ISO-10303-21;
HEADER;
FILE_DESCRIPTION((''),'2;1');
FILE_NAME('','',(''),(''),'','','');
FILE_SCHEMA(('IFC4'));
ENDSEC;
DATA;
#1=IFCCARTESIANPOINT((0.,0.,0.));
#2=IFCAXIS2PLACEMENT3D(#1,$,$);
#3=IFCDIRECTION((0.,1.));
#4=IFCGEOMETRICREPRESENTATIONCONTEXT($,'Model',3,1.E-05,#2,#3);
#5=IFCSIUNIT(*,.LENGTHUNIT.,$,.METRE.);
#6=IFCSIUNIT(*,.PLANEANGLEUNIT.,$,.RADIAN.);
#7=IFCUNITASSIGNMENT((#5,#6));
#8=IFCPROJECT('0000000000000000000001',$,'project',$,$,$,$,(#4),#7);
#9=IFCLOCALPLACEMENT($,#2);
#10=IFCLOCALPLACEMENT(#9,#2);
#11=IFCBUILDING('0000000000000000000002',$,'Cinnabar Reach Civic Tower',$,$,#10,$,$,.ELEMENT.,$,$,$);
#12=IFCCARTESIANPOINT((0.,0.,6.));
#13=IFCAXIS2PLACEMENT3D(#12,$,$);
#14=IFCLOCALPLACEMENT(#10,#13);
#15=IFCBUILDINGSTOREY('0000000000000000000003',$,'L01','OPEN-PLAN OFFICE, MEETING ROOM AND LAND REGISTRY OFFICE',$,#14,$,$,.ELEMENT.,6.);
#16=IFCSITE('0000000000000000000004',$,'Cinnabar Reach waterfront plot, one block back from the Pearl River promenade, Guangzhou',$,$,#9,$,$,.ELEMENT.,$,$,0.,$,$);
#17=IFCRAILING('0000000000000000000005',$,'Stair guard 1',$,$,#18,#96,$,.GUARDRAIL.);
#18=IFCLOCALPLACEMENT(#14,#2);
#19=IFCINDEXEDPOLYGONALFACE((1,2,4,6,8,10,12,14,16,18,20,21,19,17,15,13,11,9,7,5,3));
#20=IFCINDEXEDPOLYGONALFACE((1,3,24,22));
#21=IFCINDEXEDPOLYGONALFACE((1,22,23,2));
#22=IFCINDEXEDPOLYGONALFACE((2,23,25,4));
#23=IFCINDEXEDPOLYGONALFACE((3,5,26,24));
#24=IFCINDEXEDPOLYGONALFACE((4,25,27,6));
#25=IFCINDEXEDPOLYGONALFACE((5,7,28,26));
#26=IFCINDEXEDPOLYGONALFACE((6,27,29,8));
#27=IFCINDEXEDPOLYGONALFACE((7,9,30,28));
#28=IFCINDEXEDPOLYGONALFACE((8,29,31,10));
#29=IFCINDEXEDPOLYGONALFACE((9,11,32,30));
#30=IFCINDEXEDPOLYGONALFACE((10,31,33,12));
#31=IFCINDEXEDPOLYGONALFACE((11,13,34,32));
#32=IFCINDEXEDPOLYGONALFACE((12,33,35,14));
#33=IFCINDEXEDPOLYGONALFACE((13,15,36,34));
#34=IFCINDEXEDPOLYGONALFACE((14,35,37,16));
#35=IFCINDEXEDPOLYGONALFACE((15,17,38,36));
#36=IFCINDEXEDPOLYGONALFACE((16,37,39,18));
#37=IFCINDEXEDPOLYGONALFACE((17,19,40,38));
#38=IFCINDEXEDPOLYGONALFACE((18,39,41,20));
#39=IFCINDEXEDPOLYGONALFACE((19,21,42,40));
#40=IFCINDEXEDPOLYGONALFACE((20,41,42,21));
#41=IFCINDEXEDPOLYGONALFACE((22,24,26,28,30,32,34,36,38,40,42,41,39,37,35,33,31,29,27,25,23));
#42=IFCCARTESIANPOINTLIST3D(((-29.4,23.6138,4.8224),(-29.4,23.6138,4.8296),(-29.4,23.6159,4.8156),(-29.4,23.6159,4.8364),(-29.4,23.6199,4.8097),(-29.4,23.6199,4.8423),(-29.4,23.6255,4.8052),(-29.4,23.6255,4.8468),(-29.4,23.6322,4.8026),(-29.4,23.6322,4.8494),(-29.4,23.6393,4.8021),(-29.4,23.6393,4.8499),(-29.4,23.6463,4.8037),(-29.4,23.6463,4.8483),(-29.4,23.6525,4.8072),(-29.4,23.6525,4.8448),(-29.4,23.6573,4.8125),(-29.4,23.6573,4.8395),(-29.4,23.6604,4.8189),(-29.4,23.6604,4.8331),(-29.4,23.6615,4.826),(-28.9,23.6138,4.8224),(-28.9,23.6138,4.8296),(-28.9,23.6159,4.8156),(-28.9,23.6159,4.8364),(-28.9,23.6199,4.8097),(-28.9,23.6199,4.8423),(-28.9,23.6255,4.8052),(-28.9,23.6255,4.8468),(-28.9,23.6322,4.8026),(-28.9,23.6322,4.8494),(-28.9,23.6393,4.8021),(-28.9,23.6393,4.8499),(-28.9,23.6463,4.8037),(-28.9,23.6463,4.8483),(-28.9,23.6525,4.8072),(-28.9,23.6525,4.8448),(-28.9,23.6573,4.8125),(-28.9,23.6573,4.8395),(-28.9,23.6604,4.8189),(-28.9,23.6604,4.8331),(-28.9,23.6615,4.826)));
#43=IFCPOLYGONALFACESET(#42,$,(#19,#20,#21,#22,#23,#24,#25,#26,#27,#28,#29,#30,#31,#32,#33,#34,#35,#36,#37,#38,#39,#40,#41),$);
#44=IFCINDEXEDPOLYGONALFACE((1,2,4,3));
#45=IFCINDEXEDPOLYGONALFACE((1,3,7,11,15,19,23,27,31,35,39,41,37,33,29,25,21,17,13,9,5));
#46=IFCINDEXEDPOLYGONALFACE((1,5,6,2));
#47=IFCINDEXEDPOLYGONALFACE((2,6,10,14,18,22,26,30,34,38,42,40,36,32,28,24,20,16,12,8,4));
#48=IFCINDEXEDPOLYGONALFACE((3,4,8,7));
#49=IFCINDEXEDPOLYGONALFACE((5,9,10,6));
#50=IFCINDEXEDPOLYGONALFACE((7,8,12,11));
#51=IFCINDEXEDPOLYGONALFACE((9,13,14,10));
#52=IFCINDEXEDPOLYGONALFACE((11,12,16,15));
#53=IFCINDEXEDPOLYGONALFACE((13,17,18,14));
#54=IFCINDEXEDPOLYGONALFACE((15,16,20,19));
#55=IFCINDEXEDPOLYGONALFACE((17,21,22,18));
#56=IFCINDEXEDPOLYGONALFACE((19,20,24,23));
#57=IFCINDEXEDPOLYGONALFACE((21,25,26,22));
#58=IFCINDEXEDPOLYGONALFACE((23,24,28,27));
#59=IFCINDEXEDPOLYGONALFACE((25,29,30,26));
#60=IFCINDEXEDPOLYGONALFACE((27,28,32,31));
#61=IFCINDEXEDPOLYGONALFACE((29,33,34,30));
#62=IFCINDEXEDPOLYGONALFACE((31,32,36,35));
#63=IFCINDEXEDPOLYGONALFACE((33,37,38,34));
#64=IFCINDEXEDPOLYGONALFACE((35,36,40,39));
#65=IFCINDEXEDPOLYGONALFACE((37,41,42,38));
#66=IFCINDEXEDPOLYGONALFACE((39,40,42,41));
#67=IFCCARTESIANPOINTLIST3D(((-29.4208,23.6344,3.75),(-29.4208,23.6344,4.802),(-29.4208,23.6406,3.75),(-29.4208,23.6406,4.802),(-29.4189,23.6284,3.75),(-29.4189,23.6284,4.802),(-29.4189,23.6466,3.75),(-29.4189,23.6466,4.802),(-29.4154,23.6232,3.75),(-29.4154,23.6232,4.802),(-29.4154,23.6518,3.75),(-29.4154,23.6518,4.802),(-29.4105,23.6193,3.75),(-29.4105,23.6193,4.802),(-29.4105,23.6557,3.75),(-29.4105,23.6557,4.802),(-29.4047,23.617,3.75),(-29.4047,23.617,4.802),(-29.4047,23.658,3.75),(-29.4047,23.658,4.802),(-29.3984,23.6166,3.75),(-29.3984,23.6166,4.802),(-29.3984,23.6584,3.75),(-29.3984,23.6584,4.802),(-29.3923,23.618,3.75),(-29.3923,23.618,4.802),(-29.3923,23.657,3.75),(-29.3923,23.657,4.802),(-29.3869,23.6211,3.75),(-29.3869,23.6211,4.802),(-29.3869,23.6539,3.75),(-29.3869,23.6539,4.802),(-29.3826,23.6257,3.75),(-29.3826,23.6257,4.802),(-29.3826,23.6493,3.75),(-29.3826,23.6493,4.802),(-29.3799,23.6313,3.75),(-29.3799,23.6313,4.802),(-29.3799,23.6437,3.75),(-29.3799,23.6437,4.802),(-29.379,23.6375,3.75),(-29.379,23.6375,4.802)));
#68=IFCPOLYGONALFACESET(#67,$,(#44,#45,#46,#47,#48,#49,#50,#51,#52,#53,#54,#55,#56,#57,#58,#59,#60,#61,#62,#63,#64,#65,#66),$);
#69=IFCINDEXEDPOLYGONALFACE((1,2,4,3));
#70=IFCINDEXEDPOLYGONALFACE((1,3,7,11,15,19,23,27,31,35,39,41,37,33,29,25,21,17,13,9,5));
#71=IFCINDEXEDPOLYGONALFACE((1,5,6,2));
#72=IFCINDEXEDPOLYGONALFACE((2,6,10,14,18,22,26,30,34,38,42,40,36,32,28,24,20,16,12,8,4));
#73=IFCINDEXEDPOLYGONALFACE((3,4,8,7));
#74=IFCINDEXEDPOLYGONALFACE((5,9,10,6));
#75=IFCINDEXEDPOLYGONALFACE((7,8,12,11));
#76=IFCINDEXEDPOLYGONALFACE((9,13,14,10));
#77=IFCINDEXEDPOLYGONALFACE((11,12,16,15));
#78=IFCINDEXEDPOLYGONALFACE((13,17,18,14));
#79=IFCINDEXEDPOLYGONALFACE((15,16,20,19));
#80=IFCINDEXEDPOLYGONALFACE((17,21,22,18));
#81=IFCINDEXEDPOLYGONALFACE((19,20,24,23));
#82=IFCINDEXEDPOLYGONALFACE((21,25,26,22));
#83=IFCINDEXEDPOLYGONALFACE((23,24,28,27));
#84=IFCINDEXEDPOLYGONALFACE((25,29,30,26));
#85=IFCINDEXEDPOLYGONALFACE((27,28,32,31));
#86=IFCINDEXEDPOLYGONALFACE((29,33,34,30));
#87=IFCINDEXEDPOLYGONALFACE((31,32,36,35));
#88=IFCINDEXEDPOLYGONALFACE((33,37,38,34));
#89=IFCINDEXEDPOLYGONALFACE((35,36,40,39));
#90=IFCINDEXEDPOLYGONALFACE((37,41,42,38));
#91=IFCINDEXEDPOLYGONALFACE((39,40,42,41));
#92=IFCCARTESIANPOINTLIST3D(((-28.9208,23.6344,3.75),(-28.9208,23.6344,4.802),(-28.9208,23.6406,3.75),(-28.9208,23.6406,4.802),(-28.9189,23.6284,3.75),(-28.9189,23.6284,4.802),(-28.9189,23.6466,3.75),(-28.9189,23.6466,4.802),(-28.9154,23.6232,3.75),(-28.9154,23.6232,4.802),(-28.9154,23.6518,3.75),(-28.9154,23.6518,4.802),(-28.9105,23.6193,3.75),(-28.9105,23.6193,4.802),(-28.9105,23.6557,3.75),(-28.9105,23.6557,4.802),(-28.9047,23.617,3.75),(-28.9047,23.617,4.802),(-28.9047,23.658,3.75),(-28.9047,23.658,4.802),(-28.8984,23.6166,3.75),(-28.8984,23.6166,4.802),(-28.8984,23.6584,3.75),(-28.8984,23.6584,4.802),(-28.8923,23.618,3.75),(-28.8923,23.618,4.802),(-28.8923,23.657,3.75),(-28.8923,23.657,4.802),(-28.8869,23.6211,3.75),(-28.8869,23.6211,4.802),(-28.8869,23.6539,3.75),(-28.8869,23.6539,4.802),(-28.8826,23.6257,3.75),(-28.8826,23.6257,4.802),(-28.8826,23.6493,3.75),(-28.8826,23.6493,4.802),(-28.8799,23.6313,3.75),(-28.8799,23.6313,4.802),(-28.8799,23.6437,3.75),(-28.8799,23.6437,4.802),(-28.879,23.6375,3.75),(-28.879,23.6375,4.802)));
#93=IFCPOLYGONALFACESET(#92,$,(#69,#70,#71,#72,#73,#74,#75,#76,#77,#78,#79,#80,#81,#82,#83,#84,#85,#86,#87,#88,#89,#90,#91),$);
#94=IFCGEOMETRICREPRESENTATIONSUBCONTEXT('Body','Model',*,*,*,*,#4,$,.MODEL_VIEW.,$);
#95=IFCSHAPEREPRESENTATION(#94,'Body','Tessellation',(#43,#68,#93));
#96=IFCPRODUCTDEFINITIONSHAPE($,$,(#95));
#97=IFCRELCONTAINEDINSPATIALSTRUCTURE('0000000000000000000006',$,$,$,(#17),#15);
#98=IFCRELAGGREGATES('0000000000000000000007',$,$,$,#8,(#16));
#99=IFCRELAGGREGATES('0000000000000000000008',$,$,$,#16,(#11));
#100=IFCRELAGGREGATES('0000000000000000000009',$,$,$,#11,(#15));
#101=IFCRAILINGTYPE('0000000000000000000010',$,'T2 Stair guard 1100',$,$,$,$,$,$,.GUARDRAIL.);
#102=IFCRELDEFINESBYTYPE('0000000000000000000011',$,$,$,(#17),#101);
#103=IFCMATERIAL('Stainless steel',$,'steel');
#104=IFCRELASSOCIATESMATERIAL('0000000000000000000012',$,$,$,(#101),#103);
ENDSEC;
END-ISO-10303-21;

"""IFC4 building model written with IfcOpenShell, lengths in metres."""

from ifc_helpers import new_model, si_unit, direction, frame, origin, origin_2d, place, context, subcontext, project, spatial, circle, extrude, material, type_object, element, save


model = new_model("IFC4")

# Units and contexts
model_context = context("Model", 3, precision=1e-05, world=origin(), true_north=direction((0.0, 1.0)))
body_context = subcontext(model_context, "Body", "Model", "MODEL_VIEW")
ifc_project = project(units=[si_unit("LENGTHUNIT", "METRE"), si_unit("PLANEANGLEUNIT", "RADIAN")], contexts=[model_context])

# Site, building, storey
site_placement = place(None, origin())
site = spatial("IfcSite", under=ifc_project, at=site_placement, Name="Cinnabar Reach waterfront plot, one block back from the Pearl River promenade, Guangzhou", CompositionType="ELEMENT", RefElevation=0.0)
building_placement = place(site_placement, origin())
building = spatial("IfcBuilding", under=site, at=building_placement, Name="Cinnabar Reach Civic Tower", CompositionType="ELEMENT")
storey_placement = place(building_placement, frame((0.0, 0.0, 6.0)))
storey = spatial("IfcBuildingStorey", under=building, at=storey_placement, Name="L01", Description="OPEN-PLAN OFFICE, MEETING ROOM AND LAND REGISTRY OFFICE", CompositionType="ELEMENT", Elevation=6.0)

# Railing
ifc_material_1 = material(Name="Stainless steel", Category="steel")
railing_type_1 = type_object("IfcRailingType", Name="T2 Stair guard 1100", PredefinedType="GUARDRAIL", material=ifc_material_1)
railing_1_placement = place(storey_placement, frame((-29.4, 23.6375, 3.75)))
element("IfcRailing", 1, at=railing_1_placement, inside=storey, type_object=railing_type_1, Name="Stair guard 1", PredefinedType="GUARDRAIL", context=body_context, shape_type="SweptSolid", body=[
    extrude(circle(Radius=0.024, at=origin_2d()), frame((0.0, 0.0, 1.076), z_axis=(1.0, 0.0, 0.0), x_axis=(0.0, 1.0, 0.0)), (0.0, 0.0, 1.0), 0.5),
    extrude(circle(Radius=0.021, at=origin_2d()), origin(), (0.0, 0.0, 1.0), 1.052),
    extrude(circle(Radius=0.021, at=origin_2d()), frame((0.5, 0.0, 0.0)), (0.0, 0.0, 1.0), 1.052),
])

save(model, "model.ifc")
